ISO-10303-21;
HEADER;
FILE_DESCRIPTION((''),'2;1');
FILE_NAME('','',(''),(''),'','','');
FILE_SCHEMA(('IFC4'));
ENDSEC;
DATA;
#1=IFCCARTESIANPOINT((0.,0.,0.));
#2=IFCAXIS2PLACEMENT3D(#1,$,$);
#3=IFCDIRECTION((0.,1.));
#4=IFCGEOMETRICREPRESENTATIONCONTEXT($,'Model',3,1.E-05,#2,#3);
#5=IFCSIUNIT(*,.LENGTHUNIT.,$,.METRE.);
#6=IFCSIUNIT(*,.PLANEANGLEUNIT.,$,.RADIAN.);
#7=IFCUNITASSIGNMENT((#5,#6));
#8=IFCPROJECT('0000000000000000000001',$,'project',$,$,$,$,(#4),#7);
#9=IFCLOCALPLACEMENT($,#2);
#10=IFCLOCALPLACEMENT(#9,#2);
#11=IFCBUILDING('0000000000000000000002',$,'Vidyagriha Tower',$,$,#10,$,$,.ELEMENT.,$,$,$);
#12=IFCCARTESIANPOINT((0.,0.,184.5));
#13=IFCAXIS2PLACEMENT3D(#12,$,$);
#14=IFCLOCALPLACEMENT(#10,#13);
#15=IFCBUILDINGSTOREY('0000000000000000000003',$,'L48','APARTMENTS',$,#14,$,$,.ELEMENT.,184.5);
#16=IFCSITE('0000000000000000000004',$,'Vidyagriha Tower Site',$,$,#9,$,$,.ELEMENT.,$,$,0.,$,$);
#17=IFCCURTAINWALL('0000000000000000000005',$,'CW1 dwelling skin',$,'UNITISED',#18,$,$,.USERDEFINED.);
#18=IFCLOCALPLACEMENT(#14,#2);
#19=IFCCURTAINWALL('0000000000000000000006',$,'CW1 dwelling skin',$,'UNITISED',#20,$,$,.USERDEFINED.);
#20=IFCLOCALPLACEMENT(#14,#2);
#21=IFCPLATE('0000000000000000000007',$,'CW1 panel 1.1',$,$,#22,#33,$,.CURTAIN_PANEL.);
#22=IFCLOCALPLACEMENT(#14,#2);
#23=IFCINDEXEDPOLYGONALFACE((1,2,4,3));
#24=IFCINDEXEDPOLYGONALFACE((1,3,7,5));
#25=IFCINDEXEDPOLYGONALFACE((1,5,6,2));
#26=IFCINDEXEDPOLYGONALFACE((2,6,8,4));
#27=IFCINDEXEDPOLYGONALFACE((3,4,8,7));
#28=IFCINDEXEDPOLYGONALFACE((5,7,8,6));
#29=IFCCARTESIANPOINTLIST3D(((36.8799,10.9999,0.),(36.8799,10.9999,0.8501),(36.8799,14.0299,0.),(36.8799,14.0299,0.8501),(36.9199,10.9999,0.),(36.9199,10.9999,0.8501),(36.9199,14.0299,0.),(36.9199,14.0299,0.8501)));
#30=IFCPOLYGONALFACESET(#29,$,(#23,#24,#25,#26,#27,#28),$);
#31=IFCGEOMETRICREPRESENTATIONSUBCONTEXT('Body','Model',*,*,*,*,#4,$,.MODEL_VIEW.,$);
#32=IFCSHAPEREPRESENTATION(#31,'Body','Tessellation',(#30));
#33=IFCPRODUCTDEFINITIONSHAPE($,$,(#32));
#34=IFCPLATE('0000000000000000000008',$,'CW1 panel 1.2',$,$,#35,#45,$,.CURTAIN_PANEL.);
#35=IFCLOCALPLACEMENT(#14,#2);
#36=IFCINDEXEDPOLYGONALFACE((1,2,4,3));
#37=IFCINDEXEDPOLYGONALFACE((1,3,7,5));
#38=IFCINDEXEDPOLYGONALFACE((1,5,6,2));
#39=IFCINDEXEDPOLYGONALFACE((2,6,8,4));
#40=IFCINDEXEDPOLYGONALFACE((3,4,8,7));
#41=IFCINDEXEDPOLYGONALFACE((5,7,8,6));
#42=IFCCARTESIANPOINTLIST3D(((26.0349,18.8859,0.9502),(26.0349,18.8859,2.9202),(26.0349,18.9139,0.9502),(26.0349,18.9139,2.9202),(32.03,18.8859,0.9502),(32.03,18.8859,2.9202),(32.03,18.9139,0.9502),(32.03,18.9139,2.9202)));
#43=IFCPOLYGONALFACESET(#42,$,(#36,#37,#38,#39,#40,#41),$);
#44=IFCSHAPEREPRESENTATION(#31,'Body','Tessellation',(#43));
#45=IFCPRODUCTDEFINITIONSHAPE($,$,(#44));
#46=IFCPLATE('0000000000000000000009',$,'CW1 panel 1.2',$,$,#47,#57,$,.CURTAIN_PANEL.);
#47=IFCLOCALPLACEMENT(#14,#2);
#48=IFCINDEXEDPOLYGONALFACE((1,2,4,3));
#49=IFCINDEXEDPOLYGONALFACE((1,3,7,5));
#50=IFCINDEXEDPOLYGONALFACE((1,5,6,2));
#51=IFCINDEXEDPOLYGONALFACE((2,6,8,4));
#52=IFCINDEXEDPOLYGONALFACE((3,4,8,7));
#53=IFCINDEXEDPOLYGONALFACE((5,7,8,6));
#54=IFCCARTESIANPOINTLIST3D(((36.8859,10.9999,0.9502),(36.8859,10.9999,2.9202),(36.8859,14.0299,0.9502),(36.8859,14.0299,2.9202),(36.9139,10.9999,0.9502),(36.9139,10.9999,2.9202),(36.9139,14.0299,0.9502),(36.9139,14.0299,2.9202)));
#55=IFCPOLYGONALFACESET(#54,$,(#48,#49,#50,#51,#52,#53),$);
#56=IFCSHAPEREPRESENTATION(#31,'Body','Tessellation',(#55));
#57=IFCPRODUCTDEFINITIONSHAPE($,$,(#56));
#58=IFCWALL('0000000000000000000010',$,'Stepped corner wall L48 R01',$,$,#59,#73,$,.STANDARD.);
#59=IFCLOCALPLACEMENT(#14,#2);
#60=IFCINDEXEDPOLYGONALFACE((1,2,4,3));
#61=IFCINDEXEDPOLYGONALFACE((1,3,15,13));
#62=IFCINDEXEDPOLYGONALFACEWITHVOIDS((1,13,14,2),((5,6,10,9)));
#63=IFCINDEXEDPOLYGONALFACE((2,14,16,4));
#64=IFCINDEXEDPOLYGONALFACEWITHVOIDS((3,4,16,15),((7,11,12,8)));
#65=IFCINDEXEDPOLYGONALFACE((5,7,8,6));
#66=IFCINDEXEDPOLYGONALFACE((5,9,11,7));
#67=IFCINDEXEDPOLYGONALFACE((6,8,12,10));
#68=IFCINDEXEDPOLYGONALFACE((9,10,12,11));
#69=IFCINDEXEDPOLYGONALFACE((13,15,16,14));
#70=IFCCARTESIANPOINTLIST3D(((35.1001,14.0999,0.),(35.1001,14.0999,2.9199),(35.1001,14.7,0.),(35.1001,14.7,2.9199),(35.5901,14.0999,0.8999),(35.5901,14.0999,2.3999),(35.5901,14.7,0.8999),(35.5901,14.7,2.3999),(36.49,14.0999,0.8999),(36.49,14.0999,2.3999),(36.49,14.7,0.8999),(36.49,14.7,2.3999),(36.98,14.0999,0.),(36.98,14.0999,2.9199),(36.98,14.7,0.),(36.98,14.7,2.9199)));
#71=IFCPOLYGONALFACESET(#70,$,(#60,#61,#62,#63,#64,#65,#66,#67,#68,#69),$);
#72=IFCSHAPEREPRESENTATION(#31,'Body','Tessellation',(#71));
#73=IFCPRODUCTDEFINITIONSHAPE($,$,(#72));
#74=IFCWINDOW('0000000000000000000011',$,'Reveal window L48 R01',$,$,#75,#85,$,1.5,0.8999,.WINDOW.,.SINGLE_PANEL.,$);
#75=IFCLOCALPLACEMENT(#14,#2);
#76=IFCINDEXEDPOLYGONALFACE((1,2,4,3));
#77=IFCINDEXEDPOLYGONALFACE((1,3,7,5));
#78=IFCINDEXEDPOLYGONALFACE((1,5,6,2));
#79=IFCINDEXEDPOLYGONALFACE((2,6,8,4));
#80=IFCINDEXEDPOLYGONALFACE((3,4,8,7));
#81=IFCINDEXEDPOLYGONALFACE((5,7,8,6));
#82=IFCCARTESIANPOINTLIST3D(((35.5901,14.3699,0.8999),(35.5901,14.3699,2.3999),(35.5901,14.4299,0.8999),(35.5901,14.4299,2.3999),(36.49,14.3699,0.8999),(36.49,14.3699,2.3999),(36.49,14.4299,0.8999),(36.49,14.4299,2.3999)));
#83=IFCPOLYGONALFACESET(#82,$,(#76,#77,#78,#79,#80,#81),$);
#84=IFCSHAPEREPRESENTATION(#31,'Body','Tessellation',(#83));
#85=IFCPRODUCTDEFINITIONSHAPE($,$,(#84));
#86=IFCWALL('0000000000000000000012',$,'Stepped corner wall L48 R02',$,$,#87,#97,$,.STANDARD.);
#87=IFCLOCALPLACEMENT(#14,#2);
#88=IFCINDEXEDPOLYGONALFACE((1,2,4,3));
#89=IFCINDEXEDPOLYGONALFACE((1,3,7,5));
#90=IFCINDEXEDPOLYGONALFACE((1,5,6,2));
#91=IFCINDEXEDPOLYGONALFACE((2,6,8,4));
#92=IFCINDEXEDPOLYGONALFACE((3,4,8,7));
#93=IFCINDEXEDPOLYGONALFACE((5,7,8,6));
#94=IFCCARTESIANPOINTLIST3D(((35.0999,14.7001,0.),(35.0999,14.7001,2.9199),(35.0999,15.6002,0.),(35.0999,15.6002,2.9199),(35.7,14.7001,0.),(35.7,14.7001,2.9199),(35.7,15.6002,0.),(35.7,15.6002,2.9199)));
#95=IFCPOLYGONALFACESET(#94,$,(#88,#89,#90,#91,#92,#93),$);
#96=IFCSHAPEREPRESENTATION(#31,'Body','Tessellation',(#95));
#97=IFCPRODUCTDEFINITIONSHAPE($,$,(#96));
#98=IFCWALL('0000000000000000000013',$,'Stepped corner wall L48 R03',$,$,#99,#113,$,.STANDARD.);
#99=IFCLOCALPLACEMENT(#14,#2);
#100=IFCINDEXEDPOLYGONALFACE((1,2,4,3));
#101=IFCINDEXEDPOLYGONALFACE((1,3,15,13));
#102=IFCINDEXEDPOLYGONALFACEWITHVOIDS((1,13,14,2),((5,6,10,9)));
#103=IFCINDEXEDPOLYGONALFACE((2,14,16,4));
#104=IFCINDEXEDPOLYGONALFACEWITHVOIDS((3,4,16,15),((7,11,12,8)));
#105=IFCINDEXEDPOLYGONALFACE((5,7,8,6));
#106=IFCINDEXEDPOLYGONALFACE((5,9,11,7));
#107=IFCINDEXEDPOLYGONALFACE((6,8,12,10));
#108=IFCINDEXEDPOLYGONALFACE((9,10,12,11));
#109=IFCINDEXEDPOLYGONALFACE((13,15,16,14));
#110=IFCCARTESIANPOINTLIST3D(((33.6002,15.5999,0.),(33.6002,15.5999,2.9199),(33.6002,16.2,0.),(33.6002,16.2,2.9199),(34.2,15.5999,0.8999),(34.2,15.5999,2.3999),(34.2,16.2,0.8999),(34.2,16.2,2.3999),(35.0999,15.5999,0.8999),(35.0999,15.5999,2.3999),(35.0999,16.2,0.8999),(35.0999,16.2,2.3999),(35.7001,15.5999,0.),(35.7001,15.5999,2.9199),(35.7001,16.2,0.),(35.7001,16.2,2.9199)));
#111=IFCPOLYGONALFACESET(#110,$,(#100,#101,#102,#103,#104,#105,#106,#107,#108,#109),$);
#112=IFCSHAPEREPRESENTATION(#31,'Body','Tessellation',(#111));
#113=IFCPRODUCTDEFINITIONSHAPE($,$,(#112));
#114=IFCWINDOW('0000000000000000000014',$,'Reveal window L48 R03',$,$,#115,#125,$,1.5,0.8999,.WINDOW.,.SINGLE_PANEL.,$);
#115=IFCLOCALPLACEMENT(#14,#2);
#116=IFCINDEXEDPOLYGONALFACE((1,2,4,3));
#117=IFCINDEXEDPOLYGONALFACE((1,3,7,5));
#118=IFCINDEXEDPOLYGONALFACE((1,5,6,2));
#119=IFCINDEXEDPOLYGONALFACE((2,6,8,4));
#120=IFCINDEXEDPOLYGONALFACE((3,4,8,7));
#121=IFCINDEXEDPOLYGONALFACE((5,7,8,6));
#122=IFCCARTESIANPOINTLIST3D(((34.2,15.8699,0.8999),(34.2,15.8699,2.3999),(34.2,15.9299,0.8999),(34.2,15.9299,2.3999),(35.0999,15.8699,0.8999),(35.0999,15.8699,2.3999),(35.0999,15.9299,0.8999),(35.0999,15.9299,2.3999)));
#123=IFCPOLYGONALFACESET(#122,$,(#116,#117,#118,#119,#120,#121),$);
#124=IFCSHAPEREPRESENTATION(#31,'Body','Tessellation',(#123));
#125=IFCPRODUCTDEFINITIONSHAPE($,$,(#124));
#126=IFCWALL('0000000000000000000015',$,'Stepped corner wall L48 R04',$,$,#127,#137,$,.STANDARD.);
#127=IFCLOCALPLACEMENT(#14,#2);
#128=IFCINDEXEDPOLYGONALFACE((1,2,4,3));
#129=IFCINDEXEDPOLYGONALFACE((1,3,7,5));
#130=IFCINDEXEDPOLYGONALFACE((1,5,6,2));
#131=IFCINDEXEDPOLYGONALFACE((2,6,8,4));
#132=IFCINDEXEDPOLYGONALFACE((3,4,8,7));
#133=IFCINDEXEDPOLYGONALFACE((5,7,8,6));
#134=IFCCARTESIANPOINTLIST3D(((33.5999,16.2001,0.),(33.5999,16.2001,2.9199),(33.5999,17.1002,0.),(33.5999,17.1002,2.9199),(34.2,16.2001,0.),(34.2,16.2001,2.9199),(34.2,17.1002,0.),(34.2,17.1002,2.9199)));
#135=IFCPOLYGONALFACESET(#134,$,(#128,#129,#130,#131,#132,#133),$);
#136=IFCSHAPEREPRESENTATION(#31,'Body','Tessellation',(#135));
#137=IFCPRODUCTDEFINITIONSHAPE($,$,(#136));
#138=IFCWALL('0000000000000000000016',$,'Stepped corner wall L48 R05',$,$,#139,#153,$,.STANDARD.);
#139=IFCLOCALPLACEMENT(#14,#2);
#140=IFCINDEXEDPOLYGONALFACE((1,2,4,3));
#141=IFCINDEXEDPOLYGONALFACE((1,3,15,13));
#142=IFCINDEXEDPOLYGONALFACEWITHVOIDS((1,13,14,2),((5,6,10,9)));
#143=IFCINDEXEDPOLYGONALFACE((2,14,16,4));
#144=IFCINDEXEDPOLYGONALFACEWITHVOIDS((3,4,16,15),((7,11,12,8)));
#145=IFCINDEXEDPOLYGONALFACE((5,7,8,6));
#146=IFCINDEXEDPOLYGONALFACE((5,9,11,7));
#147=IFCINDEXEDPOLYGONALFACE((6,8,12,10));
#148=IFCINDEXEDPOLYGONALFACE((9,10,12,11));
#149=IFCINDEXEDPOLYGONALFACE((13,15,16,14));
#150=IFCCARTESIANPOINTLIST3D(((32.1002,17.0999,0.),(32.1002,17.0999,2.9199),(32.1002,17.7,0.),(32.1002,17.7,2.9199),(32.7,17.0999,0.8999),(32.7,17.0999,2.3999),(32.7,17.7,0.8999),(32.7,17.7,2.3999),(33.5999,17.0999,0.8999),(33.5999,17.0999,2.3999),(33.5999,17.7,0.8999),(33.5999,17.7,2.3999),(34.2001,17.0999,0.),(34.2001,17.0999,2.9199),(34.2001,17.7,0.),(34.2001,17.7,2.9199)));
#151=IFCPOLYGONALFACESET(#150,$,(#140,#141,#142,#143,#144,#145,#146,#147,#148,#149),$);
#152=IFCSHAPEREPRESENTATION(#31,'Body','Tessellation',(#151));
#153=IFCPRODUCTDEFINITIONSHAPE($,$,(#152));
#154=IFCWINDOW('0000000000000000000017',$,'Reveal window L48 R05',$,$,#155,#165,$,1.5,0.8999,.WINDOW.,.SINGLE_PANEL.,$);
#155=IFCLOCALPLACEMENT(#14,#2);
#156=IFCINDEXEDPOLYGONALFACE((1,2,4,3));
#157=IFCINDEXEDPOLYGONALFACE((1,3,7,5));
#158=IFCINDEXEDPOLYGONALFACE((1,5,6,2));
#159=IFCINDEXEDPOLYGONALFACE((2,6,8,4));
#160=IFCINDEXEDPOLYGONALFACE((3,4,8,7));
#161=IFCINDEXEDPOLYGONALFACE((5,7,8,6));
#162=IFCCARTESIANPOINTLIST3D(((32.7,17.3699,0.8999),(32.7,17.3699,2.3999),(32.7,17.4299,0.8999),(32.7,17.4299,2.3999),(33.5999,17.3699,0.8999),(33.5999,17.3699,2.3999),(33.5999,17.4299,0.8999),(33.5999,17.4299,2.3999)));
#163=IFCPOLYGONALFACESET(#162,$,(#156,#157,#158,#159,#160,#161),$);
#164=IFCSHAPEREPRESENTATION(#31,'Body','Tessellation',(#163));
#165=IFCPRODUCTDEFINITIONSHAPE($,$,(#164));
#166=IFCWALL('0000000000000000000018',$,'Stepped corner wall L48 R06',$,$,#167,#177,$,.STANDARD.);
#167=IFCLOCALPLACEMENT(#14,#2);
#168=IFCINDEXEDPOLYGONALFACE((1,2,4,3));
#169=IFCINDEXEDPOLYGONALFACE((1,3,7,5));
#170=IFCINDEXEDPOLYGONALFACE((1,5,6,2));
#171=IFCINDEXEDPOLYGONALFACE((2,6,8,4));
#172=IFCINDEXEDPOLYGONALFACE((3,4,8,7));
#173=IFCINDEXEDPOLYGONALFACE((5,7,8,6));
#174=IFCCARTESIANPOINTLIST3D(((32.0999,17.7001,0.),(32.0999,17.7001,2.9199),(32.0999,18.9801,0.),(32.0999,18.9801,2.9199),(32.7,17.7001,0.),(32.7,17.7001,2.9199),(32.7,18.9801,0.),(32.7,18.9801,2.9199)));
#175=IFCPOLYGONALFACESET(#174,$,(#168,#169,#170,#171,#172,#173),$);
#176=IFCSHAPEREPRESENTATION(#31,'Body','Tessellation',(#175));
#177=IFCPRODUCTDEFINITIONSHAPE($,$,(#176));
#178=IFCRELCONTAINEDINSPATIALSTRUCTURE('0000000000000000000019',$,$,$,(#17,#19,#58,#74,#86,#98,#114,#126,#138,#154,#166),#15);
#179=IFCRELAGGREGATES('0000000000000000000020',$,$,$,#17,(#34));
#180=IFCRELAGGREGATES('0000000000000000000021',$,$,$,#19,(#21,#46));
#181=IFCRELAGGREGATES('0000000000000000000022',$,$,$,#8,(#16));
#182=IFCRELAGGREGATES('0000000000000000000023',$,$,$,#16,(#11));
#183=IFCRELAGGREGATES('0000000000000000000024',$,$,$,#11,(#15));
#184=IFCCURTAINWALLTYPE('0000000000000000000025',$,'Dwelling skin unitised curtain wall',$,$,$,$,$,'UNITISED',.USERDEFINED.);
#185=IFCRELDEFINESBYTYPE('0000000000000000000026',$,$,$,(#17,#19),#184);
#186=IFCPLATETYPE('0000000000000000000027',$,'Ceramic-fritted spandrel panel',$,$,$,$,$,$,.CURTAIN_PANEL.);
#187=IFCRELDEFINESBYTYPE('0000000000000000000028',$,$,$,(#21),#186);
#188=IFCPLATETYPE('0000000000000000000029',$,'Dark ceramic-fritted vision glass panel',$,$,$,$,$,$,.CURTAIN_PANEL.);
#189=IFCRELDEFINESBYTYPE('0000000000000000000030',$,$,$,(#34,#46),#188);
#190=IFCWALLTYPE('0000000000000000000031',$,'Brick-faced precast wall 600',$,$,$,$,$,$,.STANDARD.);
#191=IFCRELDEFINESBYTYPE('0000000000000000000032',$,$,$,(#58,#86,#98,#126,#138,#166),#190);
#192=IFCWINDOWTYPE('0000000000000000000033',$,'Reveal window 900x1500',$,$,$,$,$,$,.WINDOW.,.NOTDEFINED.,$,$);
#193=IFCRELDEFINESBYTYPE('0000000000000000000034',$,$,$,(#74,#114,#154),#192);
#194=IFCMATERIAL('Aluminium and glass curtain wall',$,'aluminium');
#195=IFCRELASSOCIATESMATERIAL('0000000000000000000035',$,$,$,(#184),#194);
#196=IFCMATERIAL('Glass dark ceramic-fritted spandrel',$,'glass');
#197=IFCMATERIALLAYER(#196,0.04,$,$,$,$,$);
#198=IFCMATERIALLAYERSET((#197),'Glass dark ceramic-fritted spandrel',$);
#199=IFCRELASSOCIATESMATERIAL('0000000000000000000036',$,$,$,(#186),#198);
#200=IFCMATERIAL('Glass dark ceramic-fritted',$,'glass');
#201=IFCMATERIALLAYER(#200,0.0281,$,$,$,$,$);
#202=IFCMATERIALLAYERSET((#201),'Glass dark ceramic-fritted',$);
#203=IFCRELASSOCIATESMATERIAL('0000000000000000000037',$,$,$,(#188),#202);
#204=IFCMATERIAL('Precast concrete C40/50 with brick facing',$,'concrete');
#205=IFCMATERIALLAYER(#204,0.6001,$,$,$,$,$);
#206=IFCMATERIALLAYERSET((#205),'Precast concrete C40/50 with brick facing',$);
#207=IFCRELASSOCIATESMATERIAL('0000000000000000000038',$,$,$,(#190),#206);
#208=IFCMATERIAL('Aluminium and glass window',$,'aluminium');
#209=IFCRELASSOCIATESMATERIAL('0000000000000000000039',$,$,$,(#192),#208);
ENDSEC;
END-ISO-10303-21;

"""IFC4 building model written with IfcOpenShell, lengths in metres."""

from ifc_helpers import new_model, si_unit, direction, frame, frame_2d, origin, origin_2d, place, context, subcontext, project, spatial, rectangle, extrude, material, layer, layer_set, type_object, element, fill, aggregate, save


model = new_model("IFC4")

# Units and contexts
model_context = context("Model", 3, precision=1e-05, world=origin(), true_north=direction((0.0, 1.0)))
body_context = subcontext(model_context, "Body", "Model", "MODEL_VIEW")
ifc_project = project(units=[si_unit("LENGTHUNIT", "METRE"), si_unit("PLANEANGLEUNIT", "RADIAN")], contexts=[model_context])

# Site, building, storey
site_placement = place(None, origin())
site = spatial("IfcSite", under=ifc_project, at=site_placement, Name="Vidyagriha Tower Site", CompositionType="ELEMENT", RefElevation=0.0)
building_placement = place(site_placement, origin())
building = spatial("IfcBuilding", under=site, at=building_placement, Name="Vidyagriha Tower", CompositionType="ELEMENT")
storey_placement = place(building_placement, frame((0.0, 0.0, 184.5)))
storey = spatial("IfcBuildingStorey", under=building, at=storey_placement, Name="L48", Description="APARTMENTS", CompositionType="ELEMENT", Elevation=184.5)

# Curtain wall
ifc_material_1 = material(Name="Aluminium and glass curtain wall", Category="aluminium")
curtain_wall_type = type_object("IfcCurtainWallType", Name="Dwelling skin unitised curtain wall", ElementType="UNITISED", PredefinedType="USERDEFINED", material=ifc_material_1)
curtain_wall_1_placement = place(storey_placement, origin())
curtain_wall_1 = element("IfcCurtainWall", 1, at=curtain_wall_1_placement, inside=storey, type_object=curtain_wall_type, Name="CW1 dwelling skin", ObjectType="UNITISED", PredefinedType="USERDEFINED")

# Curtain wall
curtain_wall_2_placement = place(storey_placement, origin())
curtain_wall_2 = element("IfcCurtainWall", 2, at=curtain_wall_2_placement, inside=storey, type_object=curtain_wall_type, Name="CW1 dwelling skin", ObjectType="UNITISED", PredefinedType="USERDEFINED")

# Plates
ifc_material_2 = material(Name="Glass dark ceramic-fritted spandrel", Category="glass")
ifc_layer_1 = layer(ifc_material_2, 0.04)
ifc_layer_set_1 = layer_set([ifc_layer_1], Name="Glass dark ceramic-fritted spandrel")
plate_type_1 = type_object("IfcPlateType", Name="Ceramic-fritted spandrel panel", PredefinedType="CURTAIN_PANEL", material=ifc_layer_set_1)
plate_1_placement = place(storey_placement, frame((36.8999, 12.5149, 0.0), z_axis=(0.0, 0.0, 1.0), x_axis=(0.0, 1.0, 0.0)))
plate_1 = element("IfcPlate", 3, at=plate_1_placement, type_object=plate_type_1, Name="CW1 panel 1.1", PredefinedType="CURTAIN_PANEL", context=body_context, shape_type="SweptSolid", body=[
    extrude(rectangle(XDim=3.03, YDim=0.04, at=origin_2d()), origin(), (0.0, 0.0, 1.0), 0.8501),
])
ifc_material_3 = material(Name="Glass dark ceramic-fritted", Category="glass")
ifc_layer_2 = layer(ifc_material_3, 0.0281)
ifc_layer_set_2 = layer_set([ifc_layer_2], Name="Glass dark ceramic-fritted")
plate_type_2 = type_object("IfcPlateType", Name="Dark ceramic-fritted vision glass panel", PredefinedType="CURTAIN_PANEL", material=ifc_layer_set_2)
plate_2_placement = place(storey_placement, frame((29.0325, 18.8999, 0.9502), z_axis=(0.0, 0.0, 1.0), x_axis=(-1.0, 0.0, 0.0)))
plate_2 = element("IfcPlate", 4, at=plate_2_placement, type_object=plate_type_2, Name="CW1 panel 1.2", PredefinedType="CURTAIN_PANEL", context=body_context, shape_type="SweptSolid", body=[
    extrude(rectangle(XDim=5.9951, YDim=0.0281, at=origin_2d()), origin(), (0.0, 0.0, 1.0), 1.97),
])
aggregate(curtain_wall_1, [plate_2])
plate_3_placement = place(storey_placement, frame((36.8999, 12.5149, 0.9502), z_axis=(0.0, 0.0, 1.0), x_axis=(0.0, 1.0, 0.0)))
plate_3 = element("IfcPlate", 5, at=plate_3_placement, type_object=plate_type_2, Name="CW1 panel 1.2", PredefinedType="CURTAIN_PANEL", context=body_context, shape_type="SweptSolid", body=[
    extrude(rectangle(XDim=3.03, YDim=0.0281, at=origin_2d()), origin(), (0.0, 0.0, 1.0), 1.97),
])
aggregate(curtain_wall_2, [plate_1, plate_3])

# Wall, opening, window
ifc_material_4 = material(Name="Precast concrete C40/50 with brick facing", Category="concrete")
ifc_layer_3 = layer(ifc_material_4, 0.6001)
ifc_layer_set_3 = layer_set([ifc_layer_3], Name="Precast concrete C40/50 with brick facing")
wall_type_1 = type_object("IfcWallType", Name="Brick-faced precast wall 600", PredefinedType="STANDARD", material=ifc_layer_set_3)
wall_1_placement = place(storey_placement, frame((36.98, 14.3999, 0.0), z_axis=(0.0, 0.0, 1.0), x_axis=(-1.0, 0.0, 0.0)))
wall_1 = element("IfcWall", 6, at=wall_1_placement, inside=storey, type_object=wall_type_1, Name="Stepped corner wall L48 R01", PredefinedType="STANDARD", context=body_context, shape_type="SweptSolid", body=[
    extrude(rectangle(XDim=1.8799, YDim=0.6001, at=frame_2d((0.9399, 0.0))), origin(), (0.0, 0.0, 1.0), 2.9199),
])
opening_1_placement = place(wall_1_placement, frame((0.49, 0.0, 0.8999)))
opening_1 = element("IfcOpeningElement", 7, at=opening_1_placement, cuts=wall_1, PredefinedType="OPENING", context=body_context, shape_type="SweptSolid", body=[
    extrude(rectangle(XDim=0.8999, YDim=1.5, at=frame_2d((0.45, 0.75))), frame((0.0, 0.3101, 0.0), z_axis=(0.0, -1.0, 0.0), x_axis=(1.0, 0.0, 0.0)), (0.0, 0.0, 1.0), 0.6201),
])
ifc_material_5 = material(Name="Aluminium and glass window", Category="aluminium")
window_type = type_object("IfcWindowType", Name="Reveal window 900x1500", PartitioningType="NOTDEFINED", PredefinedType="WINDOW", material=ifc_material_5)
window_1_placement = place(opening_1_placement, origin())
window_1 = element("IfcWindow", 8, at=window_1_placement, inside=storey, type_object=window_type, Name="Reveal window L48 R01", OverallHeight=1.5, OverallWidth=0.8999, PartitioningType="SINGLE_PANEL", PredefinedType="WINDOW", context=body_context, shape_type="SweptSolid", body=[
    extrude(rectangle(XDim=0.8999, YDim=1.5, at=frame_2d((0.45, 0.75))), frame((0.0, 0.03, 0.0), z_axis=(0.0, -1.0, 0.0), x_axis=(1.0, 0.0, 0.0)), (0.0, 0.0, 1.0), 0.0601),
])
fill(opening_1, window_1)

# Wall
wall_2_placement = place(storey_placement, frame((35.3999, 14.7, 0.0), z_axis=(0.0, 0.0, 1.0), x_axis=(0.0, 1.0, 0.0)))
element("IfcWall", 9, at=wall_2_placement, inside=storey, type_object=wall_type_1, Name="Stepped corner wall L48 R02", PredefinedType="STANDARD", context=body_context, shape_type="SweptSolid", body=[
    extrude(rectangle(XDim=0.9001, YDim=0.6001, at=frame_2d((0.4502, 0.0))), origin(), (0.0, 0.0, 1.0), 2.9199),
])

# Wall, opening, window
wall_3_placement = place(storey_placement, frame((35.7, 15.8999, 0.0), z_axis=(0.0, 0.0, 1.0), x_axis=(-1.0, 0.0, 0.0)))
wall_3 = element("IfcWall", 10, at=wall_3_placement, inside=storey, type_object=wall_type_1, Name="Stepped corner wall L48 R03", PredefinedType="STANDARD", context=body_context, shape_type="SweptSolid", body=[
    extrude(rectangle(XDim=2.0999, YDim=0.6001, at=frame_2d((1.0498, 0.0))), origin(), (0.0, 0.0, 1.0), 2.9199),
])
opening_2_placement = place(wall_3_placement, frame((0.6001, 0.0, 0.8999)))
opening_2 = element("IfcOpeningElement", 11, at=opening_2_placement, cuts=wall_3, PredefinedType="OPENING", context=body_context, shape_type="SweptSolid", body=[
    extrude(rectangle(XDim=0.8999, YDim=1.5, at=frame_2d((0.45, 0.75))), frame((0.0, 0.3101, 0.0), z_axis=(0.0, -1.0, 0.0), x_axis=(1.0, 0.0, 0.0)), (0.0, 0.0, 1.0), 0.6201),
])
window_2_placement = place(opening_2_placement, origin())
window_2 = element("IfcWindow", 12, at=window_2_placement, inside=storey, type_object=window_type, Name="Reveal window L48 R03", OverallHeight=1.5, OverallWidth=0.8999, PartitioningType="SINGLE_PANEL", PredefinedType="WINDOW", context=body_context, shape_type="SweptSolid", body=[
    extrude(rectangle(XDim=0.8999, YDim=1.5, at=frame_2d((0.45, 0.75))), frame((0.0, 0.03, 0.0), z_axis=(0.0, -1.0, 0.0), x_axis=(1.0, 0.0, 0.0)), (0.0, 0.0, 1.0), 0.0601),
])
fill(opening_2, window_2)

# Wall
wall_4_placement = place(storey_placement, frame((33.8999, 16.2, 0.0), z_axis=(0.0, 0.0, 1.0), x_axis=(0.0, 1.0, 0.0)))
element("IfcWall", 13, at=wall_4_placement, inside=storey, type_object=wall_type_1, Name="Stepped corner wall L48 R04", PredefinedType="STANDARD", context=body_context, shape_type="SweptSolid", body=[
    extrude(rectangle(XDim=0.9001, YDim=0.6001, at=frame_2d((0.4502, 0.0))), origin(), (0.0, 0.0, 1.0), 2.9199),
])

# Wall, opening, window
wall_5_placement = place(storey_placement, frame((34.2, 17.3999, 0.0), z_axis=(0.0, 0.0, 1.0), x_axis=(-1.0, 0.0, 0.0)))
wall_5 = element("IfcWall", 14, at=wall_5_placement, inside=storey, type_object=wall_type_1, Name="Stepped corner wall L48 R05", PredefinedType="STANDARD", context=body_context, shape_type="SweptSolid", body=[
    extrude(rectangle(XDim=2.0999, YDim=0.6001, at=frame_2d((1.0498, 0.0))), origin(), (0.0, 0.0, 1.0), 2.9199),
])
opening_3_placement = place(wall_5_placement, frame((0.6001, 0.0, 0.8999)))
opening_3 = element("IfcOpeningElement", 15, at=opening_3_placement, cuts=wall_5, PredefinedType="OPENING", context=body_context, shape_type="SweptSolid", body=[
    extrude(rectangle(XDim=0.8999, YDim=1.5, at=frame_2d((0.45, 0.75))), frame((0.0, 0.3101, 0.0), z_axis=(0.0, -1.0, 0.0), x_axis=(1.0, 0.0, 0.0)), (0.0, 0.0, 1.0), 0.6201),
])
window_3_placement = place(opening_3_placement, origin())
window_3 = element("IfcWindow", 16, at=window_3_placement, inside=storey, type_object=window_type, Name="Reveal window L48 R05", OverallHeight=1.5, OverallWidth=0.8999, PartitioningType="SINGLE_PANEL", PredefinedType="WINDOW", context=body_context, shape_type="SweptSolid", body=[
    extrude(rectangle(XDim=0.8999, YDim=1.5, at=frame_2d((0.45, 0.75))), frame((0.0, 0.03, 0.0), z_axis=(0.0, -1.0, 0.0), x_axis=(1.0, 0.0, 0.0)), (0.0, 0.0, 1.0), 0.0601),
])
fill(opening_3, window_3)

# Wall
wall_6_placement = place(storey_placement, frame((32.3999, 17.7, 0.0), z_axis=(0.0, 0.0, 1.0), x_axis=(0.0, 1.0, 0.0)))
element("IfcWall", 17, at=wall_6_placement, inside=storey, type_object=wall_type_1, Name="Stepped corner wall L48 R06", PredefinedType="STANDARD", context=body_context, shape_type="SweptSolid", body=[
    extrude(rectangle(XDim=1.28, YDim=0.6001, at=frame_2d((0.6401, 0.0))), origin(), (0.0, 0.0, 1.0), 2.9199),
])

save(model, "model.ifc")
